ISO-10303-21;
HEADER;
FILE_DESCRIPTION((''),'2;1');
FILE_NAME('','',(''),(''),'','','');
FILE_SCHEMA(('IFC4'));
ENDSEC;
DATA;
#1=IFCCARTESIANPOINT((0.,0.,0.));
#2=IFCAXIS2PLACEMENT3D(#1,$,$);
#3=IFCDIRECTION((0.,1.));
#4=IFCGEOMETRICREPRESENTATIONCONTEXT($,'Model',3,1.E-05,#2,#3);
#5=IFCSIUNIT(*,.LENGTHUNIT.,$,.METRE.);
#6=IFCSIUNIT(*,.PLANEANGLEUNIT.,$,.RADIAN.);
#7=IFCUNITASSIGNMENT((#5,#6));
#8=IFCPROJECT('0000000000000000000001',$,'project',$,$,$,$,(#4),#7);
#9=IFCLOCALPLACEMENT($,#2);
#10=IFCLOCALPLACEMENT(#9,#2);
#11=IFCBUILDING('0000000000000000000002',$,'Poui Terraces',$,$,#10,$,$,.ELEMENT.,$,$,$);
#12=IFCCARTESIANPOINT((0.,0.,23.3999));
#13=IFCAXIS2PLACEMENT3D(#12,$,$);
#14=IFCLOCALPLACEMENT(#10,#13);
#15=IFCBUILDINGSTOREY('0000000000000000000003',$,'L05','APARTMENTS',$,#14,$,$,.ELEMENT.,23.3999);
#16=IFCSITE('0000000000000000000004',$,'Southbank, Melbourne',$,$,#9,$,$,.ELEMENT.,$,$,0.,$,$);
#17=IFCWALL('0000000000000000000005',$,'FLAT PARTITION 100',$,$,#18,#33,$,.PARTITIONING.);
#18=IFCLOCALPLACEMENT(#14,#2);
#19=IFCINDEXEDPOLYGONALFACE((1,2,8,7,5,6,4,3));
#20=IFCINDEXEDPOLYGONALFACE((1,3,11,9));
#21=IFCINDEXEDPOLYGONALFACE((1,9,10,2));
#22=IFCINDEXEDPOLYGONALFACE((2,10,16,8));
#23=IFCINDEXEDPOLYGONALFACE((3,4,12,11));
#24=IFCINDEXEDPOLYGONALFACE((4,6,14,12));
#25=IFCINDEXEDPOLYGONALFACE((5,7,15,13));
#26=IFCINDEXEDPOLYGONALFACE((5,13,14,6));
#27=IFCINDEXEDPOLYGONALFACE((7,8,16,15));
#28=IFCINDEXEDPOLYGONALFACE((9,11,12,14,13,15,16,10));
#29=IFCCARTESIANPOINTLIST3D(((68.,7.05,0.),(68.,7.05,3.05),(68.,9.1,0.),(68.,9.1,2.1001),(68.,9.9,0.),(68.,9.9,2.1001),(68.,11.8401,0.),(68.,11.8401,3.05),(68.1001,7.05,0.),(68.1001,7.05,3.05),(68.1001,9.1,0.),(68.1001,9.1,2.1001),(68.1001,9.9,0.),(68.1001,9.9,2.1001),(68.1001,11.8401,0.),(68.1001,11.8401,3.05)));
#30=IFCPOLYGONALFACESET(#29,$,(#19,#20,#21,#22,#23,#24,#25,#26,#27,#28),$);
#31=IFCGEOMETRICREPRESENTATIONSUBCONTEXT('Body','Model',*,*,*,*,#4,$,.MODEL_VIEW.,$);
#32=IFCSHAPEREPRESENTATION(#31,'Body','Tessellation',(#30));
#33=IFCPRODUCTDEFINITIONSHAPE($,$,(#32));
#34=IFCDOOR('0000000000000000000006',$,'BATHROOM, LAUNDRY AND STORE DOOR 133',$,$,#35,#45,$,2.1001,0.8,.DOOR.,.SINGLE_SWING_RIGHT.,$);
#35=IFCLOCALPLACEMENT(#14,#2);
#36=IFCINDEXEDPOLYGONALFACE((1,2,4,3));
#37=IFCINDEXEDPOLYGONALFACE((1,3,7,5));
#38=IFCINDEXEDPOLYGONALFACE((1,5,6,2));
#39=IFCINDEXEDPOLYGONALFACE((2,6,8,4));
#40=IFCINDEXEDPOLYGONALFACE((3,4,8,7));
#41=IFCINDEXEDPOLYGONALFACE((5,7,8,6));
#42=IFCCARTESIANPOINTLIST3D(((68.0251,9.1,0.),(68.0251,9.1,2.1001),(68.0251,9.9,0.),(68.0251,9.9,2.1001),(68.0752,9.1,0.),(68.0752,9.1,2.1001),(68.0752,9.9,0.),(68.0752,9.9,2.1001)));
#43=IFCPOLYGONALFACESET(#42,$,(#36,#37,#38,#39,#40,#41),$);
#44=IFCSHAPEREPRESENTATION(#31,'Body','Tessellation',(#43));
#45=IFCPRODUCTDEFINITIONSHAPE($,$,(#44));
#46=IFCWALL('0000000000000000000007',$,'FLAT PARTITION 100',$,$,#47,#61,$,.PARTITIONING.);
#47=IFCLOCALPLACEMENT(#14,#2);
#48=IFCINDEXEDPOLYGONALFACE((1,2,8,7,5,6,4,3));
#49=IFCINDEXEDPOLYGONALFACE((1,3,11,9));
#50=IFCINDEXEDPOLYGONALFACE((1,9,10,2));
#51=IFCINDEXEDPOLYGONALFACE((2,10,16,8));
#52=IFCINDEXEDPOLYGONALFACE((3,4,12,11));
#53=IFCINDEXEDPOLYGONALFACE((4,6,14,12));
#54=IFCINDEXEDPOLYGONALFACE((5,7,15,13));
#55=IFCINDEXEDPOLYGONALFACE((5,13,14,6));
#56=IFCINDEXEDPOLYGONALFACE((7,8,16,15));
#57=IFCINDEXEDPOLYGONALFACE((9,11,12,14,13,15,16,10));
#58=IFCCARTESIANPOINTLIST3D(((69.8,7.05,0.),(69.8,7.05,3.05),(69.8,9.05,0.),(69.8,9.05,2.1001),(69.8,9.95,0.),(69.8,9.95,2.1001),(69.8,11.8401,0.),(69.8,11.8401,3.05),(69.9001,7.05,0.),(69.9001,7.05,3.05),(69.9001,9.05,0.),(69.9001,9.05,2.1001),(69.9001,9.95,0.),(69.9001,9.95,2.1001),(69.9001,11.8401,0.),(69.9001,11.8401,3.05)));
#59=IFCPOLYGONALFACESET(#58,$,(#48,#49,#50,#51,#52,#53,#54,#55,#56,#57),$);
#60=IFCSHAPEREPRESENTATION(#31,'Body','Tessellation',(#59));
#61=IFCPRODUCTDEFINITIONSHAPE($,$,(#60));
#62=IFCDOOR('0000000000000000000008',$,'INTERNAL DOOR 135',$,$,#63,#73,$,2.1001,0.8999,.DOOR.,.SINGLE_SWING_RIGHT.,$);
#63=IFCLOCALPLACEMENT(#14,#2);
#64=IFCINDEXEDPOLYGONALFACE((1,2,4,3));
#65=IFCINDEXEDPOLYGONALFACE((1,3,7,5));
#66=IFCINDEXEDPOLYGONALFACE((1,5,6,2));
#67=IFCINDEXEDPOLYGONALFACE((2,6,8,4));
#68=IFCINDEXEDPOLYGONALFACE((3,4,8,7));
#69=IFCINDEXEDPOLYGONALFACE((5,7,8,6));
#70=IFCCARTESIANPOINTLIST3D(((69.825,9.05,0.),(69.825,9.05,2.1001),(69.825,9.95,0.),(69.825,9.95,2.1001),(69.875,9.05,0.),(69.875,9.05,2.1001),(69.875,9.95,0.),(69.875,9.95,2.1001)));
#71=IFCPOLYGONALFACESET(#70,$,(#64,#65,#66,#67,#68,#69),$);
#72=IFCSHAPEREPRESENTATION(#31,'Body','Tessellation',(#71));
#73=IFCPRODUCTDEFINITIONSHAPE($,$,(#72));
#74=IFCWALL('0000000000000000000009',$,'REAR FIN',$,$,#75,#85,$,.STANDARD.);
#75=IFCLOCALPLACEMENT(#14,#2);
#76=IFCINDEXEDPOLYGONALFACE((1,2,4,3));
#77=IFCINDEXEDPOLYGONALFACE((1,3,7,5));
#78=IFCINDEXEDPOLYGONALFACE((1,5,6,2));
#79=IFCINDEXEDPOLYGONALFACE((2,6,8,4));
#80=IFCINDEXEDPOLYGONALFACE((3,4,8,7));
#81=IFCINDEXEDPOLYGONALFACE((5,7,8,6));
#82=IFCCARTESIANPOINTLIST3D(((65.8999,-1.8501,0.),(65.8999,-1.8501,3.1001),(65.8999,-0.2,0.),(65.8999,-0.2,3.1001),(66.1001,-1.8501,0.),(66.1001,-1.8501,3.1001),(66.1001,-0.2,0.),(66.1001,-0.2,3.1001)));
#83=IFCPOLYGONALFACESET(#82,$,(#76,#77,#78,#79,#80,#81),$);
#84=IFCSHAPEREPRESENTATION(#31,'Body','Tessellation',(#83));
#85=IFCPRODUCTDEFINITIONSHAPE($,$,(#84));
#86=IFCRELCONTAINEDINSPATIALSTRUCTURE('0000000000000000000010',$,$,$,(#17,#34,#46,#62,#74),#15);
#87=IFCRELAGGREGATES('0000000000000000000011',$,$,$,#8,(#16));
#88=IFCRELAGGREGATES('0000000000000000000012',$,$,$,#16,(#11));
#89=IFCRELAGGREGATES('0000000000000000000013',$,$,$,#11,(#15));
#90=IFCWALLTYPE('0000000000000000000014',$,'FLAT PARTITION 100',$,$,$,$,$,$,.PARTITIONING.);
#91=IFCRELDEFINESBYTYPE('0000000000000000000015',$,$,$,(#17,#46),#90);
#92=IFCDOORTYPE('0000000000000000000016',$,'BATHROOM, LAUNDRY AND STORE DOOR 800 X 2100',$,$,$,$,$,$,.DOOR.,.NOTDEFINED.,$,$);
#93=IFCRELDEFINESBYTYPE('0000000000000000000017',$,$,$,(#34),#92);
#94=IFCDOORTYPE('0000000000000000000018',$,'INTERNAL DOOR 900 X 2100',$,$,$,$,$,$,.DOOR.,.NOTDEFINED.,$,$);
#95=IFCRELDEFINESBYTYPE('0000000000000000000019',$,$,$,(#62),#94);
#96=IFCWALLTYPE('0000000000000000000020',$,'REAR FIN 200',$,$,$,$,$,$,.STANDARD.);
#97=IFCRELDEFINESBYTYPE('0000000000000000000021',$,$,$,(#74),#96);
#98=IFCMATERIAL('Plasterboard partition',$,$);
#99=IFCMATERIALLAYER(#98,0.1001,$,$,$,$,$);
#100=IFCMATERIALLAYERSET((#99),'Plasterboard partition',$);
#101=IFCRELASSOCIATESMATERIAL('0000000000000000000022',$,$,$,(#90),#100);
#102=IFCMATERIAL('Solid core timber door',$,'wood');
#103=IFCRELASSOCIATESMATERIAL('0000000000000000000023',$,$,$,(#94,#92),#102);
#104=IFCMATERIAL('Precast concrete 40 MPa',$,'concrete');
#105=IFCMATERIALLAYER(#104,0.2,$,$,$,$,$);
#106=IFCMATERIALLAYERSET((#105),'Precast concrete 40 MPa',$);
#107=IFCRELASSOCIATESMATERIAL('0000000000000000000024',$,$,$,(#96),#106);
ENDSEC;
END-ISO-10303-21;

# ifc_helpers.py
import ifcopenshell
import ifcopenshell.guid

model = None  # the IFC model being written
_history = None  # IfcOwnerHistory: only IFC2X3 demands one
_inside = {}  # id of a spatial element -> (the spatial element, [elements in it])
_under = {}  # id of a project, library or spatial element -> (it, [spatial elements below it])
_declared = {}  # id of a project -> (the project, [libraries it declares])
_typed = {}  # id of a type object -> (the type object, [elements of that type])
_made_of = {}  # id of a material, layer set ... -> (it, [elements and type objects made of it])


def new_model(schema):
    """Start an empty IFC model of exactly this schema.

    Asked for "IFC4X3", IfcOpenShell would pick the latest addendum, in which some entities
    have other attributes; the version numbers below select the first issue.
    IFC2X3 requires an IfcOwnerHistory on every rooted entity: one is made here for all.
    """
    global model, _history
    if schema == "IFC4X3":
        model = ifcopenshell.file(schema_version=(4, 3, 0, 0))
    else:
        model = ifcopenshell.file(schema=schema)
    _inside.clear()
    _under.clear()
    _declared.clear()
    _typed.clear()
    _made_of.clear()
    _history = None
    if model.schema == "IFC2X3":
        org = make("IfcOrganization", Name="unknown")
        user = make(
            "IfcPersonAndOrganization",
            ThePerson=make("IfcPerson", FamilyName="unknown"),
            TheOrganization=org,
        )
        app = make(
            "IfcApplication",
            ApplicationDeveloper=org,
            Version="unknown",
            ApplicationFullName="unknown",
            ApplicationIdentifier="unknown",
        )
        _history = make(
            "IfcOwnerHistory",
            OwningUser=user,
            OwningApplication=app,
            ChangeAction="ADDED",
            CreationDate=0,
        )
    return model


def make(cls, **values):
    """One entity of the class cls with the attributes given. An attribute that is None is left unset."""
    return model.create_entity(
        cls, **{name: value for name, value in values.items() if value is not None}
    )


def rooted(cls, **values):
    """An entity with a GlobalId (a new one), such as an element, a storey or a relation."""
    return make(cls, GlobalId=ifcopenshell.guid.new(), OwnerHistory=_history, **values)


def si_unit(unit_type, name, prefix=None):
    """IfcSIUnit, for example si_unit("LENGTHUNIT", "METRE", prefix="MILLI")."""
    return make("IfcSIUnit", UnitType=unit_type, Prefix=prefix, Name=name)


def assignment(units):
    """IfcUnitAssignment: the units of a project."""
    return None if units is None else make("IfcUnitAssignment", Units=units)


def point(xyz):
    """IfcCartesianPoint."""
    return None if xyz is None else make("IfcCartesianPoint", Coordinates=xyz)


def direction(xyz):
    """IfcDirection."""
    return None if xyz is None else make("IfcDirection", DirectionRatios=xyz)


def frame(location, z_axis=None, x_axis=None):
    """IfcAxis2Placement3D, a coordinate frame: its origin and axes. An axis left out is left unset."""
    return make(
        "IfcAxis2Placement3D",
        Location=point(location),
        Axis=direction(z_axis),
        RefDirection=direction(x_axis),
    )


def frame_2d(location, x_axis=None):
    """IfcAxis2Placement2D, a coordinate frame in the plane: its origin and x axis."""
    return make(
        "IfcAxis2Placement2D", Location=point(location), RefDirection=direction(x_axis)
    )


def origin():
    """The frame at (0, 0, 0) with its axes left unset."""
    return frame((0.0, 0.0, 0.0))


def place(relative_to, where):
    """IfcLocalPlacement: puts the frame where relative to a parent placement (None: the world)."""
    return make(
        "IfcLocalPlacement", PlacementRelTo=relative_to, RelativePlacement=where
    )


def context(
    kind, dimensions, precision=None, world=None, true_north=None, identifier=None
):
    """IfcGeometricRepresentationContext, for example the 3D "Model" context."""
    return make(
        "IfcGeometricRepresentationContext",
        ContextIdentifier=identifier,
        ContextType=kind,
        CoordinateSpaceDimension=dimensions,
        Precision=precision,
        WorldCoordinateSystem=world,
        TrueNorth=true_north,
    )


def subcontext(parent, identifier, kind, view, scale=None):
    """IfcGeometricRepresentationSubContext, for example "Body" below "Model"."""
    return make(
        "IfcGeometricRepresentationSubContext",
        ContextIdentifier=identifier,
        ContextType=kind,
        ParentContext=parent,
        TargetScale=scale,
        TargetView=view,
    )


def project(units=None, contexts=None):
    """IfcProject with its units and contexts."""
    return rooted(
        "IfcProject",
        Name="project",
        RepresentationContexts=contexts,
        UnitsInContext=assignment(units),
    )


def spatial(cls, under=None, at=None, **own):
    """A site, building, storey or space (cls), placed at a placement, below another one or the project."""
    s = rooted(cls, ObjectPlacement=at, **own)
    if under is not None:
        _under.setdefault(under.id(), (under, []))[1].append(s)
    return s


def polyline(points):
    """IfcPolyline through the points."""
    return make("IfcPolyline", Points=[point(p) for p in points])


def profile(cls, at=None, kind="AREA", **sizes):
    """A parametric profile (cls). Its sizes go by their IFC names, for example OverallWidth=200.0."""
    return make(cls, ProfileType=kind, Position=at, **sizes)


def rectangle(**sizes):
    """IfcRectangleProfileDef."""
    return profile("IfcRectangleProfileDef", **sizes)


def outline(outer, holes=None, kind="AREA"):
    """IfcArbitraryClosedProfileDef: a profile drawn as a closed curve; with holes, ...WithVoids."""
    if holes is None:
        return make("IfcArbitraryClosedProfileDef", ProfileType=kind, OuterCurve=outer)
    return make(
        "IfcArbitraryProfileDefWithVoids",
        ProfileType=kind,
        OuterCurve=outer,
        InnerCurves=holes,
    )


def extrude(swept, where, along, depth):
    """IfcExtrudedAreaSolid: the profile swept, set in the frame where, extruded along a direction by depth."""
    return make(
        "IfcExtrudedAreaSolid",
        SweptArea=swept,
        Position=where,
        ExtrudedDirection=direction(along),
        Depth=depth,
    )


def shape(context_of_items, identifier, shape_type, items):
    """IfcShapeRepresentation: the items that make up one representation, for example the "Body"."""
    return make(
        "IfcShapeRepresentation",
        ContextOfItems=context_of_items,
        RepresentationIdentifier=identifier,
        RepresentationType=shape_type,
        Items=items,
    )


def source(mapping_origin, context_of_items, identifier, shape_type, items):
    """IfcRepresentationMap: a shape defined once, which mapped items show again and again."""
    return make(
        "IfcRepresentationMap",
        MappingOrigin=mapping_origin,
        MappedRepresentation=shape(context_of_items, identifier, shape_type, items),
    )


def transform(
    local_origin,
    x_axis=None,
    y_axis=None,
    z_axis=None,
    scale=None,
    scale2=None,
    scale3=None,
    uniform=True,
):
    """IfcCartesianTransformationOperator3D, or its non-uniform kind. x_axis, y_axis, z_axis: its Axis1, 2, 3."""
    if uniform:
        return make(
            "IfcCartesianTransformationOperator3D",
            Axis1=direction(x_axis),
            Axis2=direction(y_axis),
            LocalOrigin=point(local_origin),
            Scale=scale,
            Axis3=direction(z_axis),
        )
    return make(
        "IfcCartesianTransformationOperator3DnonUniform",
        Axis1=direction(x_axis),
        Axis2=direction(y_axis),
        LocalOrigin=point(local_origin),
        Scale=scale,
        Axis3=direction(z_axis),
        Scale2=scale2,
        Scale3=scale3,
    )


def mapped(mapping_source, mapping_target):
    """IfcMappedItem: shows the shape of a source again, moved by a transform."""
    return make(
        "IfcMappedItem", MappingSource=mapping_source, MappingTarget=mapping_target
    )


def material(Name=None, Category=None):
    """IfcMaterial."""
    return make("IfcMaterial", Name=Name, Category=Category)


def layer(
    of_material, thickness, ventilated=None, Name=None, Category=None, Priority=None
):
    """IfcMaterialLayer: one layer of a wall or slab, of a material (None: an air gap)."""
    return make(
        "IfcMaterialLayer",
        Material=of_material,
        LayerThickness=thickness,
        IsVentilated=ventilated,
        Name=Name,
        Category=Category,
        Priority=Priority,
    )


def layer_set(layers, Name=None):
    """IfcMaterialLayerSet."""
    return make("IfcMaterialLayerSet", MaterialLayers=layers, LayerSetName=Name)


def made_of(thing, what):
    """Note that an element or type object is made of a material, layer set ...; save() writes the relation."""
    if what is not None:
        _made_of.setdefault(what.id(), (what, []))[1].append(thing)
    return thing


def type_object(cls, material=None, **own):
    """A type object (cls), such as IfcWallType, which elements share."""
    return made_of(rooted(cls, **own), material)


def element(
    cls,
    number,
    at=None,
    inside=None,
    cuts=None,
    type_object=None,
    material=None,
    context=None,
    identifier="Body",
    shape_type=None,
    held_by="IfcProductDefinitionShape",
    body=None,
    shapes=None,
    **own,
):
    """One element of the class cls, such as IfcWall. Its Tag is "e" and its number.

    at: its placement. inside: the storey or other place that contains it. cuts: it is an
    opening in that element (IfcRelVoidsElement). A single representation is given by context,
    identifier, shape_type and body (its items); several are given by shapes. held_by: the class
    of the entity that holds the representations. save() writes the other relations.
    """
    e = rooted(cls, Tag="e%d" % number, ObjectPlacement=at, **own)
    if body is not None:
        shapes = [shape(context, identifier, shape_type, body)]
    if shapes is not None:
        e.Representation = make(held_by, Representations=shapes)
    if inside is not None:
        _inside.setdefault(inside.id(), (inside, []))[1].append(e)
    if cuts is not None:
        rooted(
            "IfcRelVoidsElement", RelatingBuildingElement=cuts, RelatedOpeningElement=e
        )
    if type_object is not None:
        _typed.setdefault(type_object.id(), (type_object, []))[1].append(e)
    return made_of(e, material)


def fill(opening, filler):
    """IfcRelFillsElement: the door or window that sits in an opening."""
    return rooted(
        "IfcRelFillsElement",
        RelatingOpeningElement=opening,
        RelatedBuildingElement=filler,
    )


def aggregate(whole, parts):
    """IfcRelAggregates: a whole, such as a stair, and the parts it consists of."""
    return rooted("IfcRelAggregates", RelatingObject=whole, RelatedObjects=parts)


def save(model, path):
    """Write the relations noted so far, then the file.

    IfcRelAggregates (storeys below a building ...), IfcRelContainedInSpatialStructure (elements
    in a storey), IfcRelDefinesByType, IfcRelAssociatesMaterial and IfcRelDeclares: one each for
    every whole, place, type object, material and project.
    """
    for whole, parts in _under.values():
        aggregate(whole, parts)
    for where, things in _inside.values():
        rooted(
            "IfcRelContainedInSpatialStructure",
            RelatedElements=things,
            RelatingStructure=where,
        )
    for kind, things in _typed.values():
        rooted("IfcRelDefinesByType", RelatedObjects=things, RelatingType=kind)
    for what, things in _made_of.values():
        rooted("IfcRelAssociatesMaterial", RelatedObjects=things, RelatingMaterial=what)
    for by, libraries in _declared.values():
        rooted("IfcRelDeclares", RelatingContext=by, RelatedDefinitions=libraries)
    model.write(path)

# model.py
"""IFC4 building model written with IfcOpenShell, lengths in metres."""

from ifc_helpers import new_model, si_unit, direction, frame, frame_2d, origin, place, context, subcontext, project, spatial, polyline, rectangle, outline, extrude, source, transform, mapped, material, layer, layer_set, type_object, element, fill, save


model = new_model("IFC4")

# Units and contexts
model_context = context("Model", 3, precision=1e-05, world=origin(), true_north=direction((0.0, 1.0)))
body_context = subcontext(model_context, "Body", "Model", "MODEL_VIEW")
ifc_project = project(units=[si_unit("LENGTHUNIT", "METRE"), si_unit("PLANEANGLEUNIT", "RADIAN")], contexts=[model_context])

# Site, building, storey
site_placement = place(None, origin())
site = spatial("IfcSite", under=ifc_project, at=site_placement, Name="Southbank, Melbourne", CompositionType="ELEMENT", RefElevation=0.0)
building_placement = place(site_placement, origin())
building = spatial("IfcBuilding", under=site, at=building_placement, Name="Poui Terraces", CompositionType="ELEMENT")
storey_placement = place(building_placement, frame((0.0, 0.0, 23.3999)))
storey = spatial("IfcBuildingStorey", under=building, at=storey_placement, Name="L05", Description="APARTMENTS", CompositionType="ELEMENT", Elevation=23.3999)

# Shared definitions
ifc_material_1 = material(Name="Plasterboard partition")
ifc_layer_1 = layer(ifc_material_1, 0.1001)
ifc_layer_set_1 = layer_set([ifc_layer_1], Name="Plasterboard partition")
wall_type_1 = type_object("IfcWallType", Name="FLAT PARTITION 100", PredefinedType="PARTITIONING", material=ifc_layer_set_1)
ifc_material_2 = material(Name="Solid core timber door", Category="wood")
door_type_1 = type_object("IfcDoorType", Name="INTERNAL DOOR 900 X 2100", OperationType="NOTDEFINED", PredefinedType="DOOR", material=ifc_material_2)
door_type_2 = type_object("IfcDoorType", Name="BATHROOM, LAUNDRY AND STORE DOOR 800 X 2100", OperationType="NOTDEFINED", PredefinedType="DOOR", material=ifc_material_2)

# Walls, openings, doors
wall_1_placement = place(storey_placement, frame((68.05, 7.05, 0.0), z_axis=(0.0, 0.0, 1.0), x_axis=(0.0, 1.0, 0.0)))
wall_1 = element("IfcWall", 1, at=wall_1_placement, inside=storey, type_object=wall_type_1, Name="FLAT PARTITION 100", PredefinedType="PARTITIONING", context=body_context, shape_type="SweptSolid", body=[
    extrude(rectangle(XDim=4.79, YDim=0.1001, at=frame_2d((2.395, 0.0))), origin(), (0.0, 0.0, 1.0), 3.05),
])
opening_1_placement = place(wall_1_placement, frame((2.05, 0.0, 0.0)))
opening_1 = element("IfcOpeningElement", 2, at=opening_1_placement, cuts=wall_1, PredefinedType="OPENING", context=body_context, shape_type="SweptSolid", body=[
    extrude(rectangle(XDim=0.8, YDim=2.1001, at=frame_2d((0.3999, 1.05))), frame((0.0, 0.0601, 0.0), z_axis=(0.0, -1.0, 0.0), x_axis=(1.0, 0.0, 0.0)), (0.0, 0.0, 1.0), 0.1201),
])
door_1_placement = place(opening_1_placement, origin())
door_1 = element("IfcDoor", 3, at=door_1_placement, inside=storey, type_object=door_type_2, Name="BATHROOM, LAUNDRY AND STORE DOOR 133", OperationType="SINGLE_SWING_RIGHT", OverallHeight=2.1001, OverallWidth=0.8, PredefinedType="DOOR", context=body_context, shape_type="SweptSolid", body=[
    extrude(rectangle(XDim=0.8, YDim=2.1001, at=frame_2d((0.3999, 1.05))), frame((0.0, 0.0249, 0.0), z_axis=(0.0, -1.0, 0.0), x_axis=(1.0, 0.0, 0.0)), (0.0, 0.0, 1.0), 0.05),
])
fill(opening_1, door_1)
wall_2_placement = place(storey_placement, frame((69.8501, 7.05, 0.0), z_axis=(0.0, 0.0, 1.0), x_axis=(0.0, 1.0, 0.0)))
wall_2 = element("IfcWall", 4, at=wall_2_placement, inside=storey, type_object=wall_type_1, Name="FLAT PARTITION 100", PredefinedType="PARTITIONING", context=body_context, shape_type="SweptSolid", body=[
    extrude(rectangle(XDim=4.79, YDim=0.1001, at=frame_2d((2.395, 0.0))), origin(), (0.0, 0.0, 1.0), 3.05),
])
opening_2_placement = place(wall_2_placement, frame((2.0, 0.0, 0.0)))
opening_2 = element("IfcOpeningElement", 5, at=opening_2_placement, cuts=wall_2, PredefinedType="OPENING", context=body_context, shape_type="SweptSolid", body=[
    extrude(rectangle(XDim=0.8999, YDim=2.1001, at=frame_2d((0.45, 1.05))), frame((0.0, 0.0601, 0.0), z_axis=(0.0, -1.0, 0.0), x_axis=(1.0, 0.0, 0.0)), (0.0, 0.0, 1.0), 0.1201),
])
door_2_placement = place(opening_2_placement, frame((0.8999, 0.0, 0.0), z_axis=(0.0, 0.0, 1.0), x_axis=(-1.0, 0.0, 0.0)))
door_2 = element("IfcDoor", 6, at=door_2_placement, inside=storey, type_object=door_type_1, Name="INTERNAL DOOR 135", OperationType="SINGLE_SWING_RIGHT", OverallHeight=2.1001, OverallWidth=0.8999, PredefinedType="DOOR", context=body_context, shape_type="SweptSolid", body=[
    extrude(rectangle(XDim=0.8999, YDim=2.1001, at=frame_2d((0.45, 1.05))), frame((0.0, 0.0249, 0.0), z_axis=(0.0, -1.0, 0.0), x_axis=(1.0, 0.0, 0.0)), (0.0, 0.0, 1.0), 0.05),
])
fill(opening_2, door_2)

# Wall
ifc_material_3 = material(Name="Precast concrete 40 MPa", Category="concrete")
ifc_layer_2 = layer(ifc_material_3, 0.2)
ifc_layer_set_2 = layer_set([ifc_layer_2], Name="Precast concrete 40 MPa")
wall_type_2 = type_object("IfcWallType", Name="REAR FIN 200", PredefinedType="STANDARD", material=ifc_layer_set_2)
shared_shape_1 = source(origin(), body_context, "Body", "SweptSolid", [
    extrude(outline(polyline([(0.0, 0.0), (0.2002, 0.0), (0.2002, 1.6501), (0.0, 1.6501), (0.0, 0.0)])), origin(), (0.0, 0.0, 1.0), 3.1001),
])
wall_3_placement = place(storey_placement, frame((65.8999, -1.8501, 0.0)))
element("IfcWall", 7, at=wall_3_placement, inside=storey, type_object=wall_type_2, Name="REAR FIN", PredefinedType="STANDARD", context=body_context, shape_type="MappedRepresentation", body=[
    mapped(shared_shape_1, transform((0.0, 0.0, 0.0))),
])

save(model, "model.ifc")
